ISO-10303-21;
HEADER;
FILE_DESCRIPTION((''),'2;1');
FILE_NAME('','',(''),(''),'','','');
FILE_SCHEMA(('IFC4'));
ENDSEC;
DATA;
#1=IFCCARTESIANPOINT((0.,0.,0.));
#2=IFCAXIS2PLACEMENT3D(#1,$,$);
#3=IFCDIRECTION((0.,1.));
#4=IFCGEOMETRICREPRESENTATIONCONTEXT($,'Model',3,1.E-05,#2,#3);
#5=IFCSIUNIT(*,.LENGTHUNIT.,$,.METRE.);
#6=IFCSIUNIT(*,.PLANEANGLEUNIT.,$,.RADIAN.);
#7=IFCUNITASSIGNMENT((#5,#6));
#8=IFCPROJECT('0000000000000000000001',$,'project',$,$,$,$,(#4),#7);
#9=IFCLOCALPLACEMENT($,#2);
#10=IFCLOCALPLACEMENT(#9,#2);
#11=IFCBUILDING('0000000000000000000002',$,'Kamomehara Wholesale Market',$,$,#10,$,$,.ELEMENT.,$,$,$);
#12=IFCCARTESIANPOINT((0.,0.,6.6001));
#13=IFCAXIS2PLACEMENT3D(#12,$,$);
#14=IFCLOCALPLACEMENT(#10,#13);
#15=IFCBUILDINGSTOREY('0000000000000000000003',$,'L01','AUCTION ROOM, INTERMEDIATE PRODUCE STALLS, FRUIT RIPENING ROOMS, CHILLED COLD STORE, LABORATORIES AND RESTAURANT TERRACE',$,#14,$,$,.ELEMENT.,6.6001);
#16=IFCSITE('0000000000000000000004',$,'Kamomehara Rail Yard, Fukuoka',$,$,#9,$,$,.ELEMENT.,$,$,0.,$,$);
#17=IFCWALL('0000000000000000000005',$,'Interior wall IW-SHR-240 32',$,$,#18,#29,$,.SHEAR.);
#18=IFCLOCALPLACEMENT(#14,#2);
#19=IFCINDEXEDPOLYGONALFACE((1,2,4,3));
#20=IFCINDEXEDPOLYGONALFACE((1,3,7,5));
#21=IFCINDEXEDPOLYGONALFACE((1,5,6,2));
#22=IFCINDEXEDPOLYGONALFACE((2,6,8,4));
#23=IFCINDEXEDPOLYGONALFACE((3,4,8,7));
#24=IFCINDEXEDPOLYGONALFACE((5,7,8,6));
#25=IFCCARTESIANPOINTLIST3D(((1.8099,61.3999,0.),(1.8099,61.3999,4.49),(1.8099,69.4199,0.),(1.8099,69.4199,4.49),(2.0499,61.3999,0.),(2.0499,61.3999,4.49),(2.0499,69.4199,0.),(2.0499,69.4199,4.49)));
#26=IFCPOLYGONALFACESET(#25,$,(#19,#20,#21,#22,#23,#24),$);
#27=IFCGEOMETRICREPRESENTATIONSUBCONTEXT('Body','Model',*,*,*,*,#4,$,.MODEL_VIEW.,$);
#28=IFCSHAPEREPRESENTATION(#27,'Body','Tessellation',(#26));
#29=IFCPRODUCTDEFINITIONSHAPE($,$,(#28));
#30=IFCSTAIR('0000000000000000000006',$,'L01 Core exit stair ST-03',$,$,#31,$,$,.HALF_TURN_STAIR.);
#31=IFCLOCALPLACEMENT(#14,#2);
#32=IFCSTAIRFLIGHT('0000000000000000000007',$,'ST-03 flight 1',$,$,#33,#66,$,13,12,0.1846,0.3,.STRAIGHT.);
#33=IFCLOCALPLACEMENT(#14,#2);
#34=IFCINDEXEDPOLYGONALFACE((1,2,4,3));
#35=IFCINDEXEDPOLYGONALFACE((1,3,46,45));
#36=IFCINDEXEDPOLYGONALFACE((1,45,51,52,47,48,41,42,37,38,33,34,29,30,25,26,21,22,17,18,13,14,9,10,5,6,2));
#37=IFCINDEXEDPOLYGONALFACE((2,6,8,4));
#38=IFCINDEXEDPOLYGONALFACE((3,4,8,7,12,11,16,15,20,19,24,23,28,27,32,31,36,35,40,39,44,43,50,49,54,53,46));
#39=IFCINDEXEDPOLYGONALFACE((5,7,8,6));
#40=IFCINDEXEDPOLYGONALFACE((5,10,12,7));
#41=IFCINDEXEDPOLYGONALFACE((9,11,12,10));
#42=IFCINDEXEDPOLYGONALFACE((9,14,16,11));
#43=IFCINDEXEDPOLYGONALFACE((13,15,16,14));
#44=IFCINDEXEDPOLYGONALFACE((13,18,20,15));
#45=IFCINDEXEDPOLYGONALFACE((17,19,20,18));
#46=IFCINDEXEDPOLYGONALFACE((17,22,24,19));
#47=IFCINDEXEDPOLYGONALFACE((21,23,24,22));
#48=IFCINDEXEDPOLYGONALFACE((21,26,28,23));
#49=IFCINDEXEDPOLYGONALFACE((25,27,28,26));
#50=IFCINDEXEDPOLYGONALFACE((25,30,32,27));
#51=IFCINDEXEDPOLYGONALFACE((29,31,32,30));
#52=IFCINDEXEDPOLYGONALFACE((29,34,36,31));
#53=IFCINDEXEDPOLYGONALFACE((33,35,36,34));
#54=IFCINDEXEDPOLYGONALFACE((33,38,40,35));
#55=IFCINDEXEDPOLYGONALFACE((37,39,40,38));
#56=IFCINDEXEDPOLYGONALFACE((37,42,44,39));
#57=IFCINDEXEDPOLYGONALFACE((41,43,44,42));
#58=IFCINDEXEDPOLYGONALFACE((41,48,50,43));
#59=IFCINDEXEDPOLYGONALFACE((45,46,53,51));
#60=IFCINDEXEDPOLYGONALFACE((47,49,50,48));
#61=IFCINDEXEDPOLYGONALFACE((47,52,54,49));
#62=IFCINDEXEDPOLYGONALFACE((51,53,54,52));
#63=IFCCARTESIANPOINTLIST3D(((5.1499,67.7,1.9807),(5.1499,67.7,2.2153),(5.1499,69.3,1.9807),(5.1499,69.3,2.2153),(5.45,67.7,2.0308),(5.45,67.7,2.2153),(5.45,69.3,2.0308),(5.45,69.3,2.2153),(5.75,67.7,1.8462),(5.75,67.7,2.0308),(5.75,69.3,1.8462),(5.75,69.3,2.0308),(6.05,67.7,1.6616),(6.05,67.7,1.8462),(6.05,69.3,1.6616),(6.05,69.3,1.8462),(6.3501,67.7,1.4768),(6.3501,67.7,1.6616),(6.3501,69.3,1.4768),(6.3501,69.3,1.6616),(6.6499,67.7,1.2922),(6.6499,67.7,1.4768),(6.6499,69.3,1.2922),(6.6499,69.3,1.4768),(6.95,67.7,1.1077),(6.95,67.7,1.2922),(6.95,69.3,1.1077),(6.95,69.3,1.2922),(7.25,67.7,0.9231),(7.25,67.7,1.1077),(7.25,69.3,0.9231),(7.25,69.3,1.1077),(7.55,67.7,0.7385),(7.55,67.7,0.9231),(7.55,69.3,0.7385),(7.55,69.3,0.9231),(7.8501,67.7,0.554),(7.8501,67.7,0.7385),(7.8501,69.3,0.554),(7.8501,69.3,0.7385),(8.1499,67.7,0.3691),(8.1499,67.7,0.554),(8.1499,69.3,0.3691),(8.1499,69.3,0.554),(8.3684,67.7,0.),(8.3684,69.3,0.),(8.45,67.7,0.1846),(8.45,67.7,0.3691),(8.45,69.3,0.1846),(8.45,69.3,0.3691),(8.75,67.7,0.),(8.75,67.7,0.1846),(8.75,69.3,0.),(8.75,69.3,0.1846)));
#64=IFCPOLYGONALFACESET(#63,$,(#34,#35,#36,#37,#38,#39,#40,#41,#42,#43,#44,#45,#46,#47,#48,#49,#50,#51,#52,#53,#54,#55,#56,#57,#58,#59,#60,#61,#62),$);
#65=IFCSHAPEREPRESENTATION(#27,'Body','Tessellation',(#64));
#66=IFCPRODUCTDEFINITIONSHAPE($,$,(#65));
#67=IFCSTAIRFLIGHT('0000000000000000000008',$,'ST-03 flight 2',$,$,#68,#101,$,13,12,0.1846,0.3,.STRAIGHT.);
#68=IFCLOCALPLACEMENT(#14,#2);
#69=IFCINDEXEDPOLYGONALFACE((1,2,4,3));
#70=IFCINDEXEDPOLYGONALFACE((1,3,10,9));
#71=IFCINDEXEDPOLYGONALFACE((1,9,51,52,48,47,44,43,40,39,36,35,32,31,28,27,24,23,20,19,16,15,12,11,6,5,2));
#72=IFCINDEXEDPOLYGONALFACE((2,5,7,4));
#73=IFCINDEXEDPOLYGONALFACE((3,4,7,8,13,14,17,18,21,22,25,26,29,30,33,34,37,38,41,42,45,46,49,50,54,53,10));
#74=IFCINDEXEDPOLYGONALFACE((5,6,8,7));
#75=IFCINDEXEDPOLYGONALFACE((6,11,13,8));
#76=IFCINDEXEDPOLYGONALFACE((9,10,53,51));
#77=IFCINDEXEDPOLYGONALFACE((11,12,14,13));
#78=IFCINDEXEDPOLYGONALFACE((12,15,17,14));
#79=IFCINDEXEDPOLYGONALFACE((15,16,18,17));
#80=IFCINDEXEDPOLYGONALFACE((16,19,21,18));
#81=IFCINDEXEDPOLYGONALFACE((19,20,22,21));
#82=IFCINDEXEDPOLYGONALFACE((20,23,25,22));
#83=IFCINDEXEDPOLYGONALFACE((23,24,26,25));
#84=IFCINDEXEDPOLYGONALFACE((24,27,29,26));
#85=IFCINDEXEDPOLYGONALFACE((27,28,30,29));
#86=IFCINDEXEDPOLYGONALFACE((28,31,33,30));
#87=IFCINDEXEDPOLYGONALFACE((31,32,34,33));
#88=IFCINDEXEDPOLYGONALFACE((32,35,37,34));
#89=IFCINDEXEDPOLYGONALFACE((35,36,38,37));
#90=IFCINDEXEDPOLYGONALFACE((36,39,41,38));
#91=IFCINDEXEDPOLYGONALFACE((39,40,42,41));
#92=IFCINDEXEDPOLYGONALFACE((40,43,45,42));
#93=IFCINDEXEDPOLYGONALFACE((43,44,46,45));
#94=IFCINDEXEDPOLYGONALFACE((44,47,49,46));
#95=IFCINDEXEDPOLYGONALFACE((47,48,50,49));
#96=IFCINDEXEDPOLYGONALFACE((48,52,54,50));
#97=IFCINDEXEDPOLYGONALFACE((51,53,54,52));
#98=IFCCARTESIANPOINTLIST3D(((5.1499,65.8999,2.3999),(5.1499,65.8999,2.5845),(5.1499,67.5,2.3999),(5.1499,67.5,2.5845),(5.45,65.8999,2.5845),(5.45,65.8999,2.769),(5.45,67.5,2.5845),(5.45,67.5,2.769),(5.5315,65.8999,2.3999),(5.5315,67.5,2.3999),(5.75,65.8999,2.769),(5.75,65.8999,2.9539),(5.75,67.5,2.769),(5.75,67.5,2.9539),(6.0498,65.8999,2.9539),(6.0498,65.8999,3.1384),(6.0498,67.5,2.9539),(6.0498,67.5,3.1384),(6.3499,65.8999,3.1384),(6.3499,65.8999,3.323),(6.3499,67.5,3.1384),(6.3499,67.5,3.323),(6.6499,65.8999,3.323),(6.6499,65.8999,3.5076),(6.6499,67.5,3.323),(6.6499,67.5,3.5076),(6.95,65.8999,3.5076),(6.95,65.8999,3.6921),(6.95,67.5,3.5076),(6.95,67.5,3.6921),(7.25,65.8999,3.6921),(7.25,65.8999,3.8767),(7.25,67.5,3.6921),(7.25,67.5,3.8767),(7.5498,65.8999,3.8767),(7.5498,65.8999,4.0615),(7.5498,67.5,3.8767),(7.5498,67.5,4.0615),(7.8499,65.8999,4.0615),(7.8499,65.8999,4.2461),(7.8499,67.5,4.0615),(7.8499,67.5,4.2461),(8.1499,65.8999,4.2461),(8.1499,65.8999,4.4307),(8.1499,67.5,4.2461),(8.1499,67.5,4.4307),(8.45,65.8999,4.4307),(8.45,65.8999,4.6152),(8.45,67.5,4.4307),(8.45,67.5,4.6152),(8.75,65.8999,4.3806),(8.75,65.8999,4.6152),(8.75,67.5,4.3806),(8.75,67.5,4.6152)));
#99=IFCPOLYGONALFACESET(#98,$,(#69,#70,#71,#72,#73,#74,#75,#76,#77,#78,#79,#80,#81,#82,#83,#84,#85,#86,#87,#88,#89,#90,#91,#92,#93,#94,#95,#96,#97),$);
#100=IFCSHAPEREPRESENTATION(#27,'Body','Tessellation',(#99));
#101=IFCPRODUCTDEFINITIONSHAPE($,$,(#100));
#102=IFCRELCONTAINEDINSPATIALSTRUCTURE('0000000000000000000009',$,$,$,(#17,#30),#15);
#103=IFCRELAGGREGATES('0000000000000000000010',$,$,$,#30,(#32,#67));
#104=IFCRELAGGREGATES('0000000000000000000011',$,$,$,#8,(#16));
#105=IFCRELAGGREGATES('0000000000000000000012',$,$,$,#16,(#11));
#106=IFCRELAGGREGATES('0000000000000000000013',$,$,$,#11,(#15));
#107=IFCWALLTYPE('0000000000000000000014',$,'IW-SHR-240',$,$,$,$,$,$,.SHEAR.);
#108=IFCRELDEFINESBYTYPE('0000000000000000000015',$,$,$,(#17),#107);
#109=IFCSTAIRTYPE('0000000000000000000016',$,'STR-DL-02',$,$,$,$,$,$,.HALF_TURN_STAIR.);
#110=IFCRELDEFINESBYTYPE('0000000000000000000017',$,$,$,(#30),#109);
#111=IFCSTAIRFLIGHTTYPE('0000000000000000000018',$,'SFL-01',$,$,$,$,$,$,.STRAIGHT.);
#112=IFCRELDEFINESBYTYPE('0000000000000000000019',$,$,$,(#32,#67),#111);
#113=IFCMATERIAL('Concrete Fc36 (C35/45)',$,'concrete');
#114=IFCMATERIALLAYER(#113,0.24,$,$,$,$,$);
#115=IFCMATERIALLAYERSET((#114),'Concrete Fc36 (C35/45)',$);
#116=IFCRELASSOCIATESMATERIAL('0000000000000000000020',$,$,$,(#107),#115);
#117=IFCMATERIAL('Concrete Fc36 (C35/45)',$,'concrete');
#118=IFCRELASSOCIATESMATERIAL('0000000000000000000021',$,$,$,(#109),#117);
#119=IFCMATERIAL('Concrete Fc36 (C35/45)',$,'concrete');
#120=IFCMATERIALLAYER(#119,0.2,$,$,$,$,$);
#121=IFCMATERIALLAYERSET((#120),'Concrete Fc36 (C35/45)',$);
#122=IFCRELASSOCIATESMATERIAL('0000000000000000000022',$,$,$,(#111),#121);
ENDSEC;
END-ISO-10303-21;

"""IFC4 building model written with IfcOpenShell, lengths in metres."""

from ifc_helpers import new_model, si_unit, direction, frame, frame_2d, origin, place, context, subcontext, project, spatial, polyline, rectangle, outline, extrude, material, layer, layer_set, type_object, element, aggregate, save


model = new_model("IFC4")

# Units and contexts
model_context = context("Model", 3, precision=1e-05, world=origin(), true_north=direction((0.0, 1.0)))
body_context = subcontext(model_context, "Body", "Model", "MODEL_VIEW")
ifc_project = project(units=[si_unit("LENGTHUNIT", "METRE"), si_unit("PLANEANGLEUNIT", "RADIAN")], contexts=[model_context])

# Site, building, storey
site_placement = place(None, origin())
site = spatial("IfcSite", under=ifc_project, at=site_placement, Name="Kamomehara Rail Yard, Fukuoka", CompositionType="ELEMENT", RefElevation=0.0)
building_placement = place(site_placement, origin())
building = spatial("IfcBuilding", under=site, at=building_placement, Name="Kamomehara Wholesale Market", CompositionType="ELEMENT")
storey_placement = place(building_placement, frame((0.0, 0.0, 6.6001)))
storey = spatial("IfcBuildingStorey", under=building, at=storey_placement, Name="L01", Description="AUCTION ROOM, INTERMEDIATE PRODUCE STALLS, FRUIT RIPENING ROOMS, CHILLED COLD STORE, LABORATORIES AND RESTAURANT TERRACE", CompositionType="ELEMENT", Elevation=6.6001)

# Wall
ifc_material_1 = material(Name="Concrete Fc36 (C35/45)", Category="concrete")
ifc_layer_1 = layer(ifc_material_1, 0.24)
ifc_layer_set_1 = layer_set([ifc_layer_1], Name="Concrete Fc36 (C35/45)")
wall_type_1 = type_object("IfcWallType", Name="IW-SHR-240", PredefinedType="SHEAR", material=ifc_layer_set_1)
wall_1_placement = place(storey_placement, frame((1.9299, 69.4199, 0.0), z_axis=(0.0, 0.0, 1.0), x_axis=(0.0, -1.0, 0.0)))
element("IfcWall", 1, at=wall_1_placement, inside=storey, type_object=wall_type_1, Name="Interior wall IW-SHR-240 32", PredefinedType="SHEAR", context=body_context, shape_type="SweptSolid", body=[
    extrude(rectangle(XDim=8.02, YDim=0.24, at=frame_2d((4.01, 0.0))), origin(), (0.0, 0.0, 1.0), 4.49),
])

# Stair, stair flights
ifc_material_2 = material(Name="Concrete Fc36 (C35/45)", Category="concrete")
stair_type = type_object("IfcStairType", Name="STR-DL-02", PredefinedType="HALF_TURN_STAIR", material=ifc_material_2)
stair_placement = place(storey_placement, origin())
stair = element("IfcStair", 2, at=stair_placement, inside=storey, type_object=stair_type, Name="L01 Core exit stair ST-03", PredefinedType="HALF_TURN_STAIR")
ifc_material_3 = material(Name="Concrete Fc36 (C35/45)", Category="concrete")
ifc_layer_2 = layer(ifc_material_3, 0.2)
ifc_layer_set_2 = layer_set([ifc_layer_2], Name="Concrete Fc36 (C35/45)")
stair_flight_type = type_object("IfcStairFlightType", Name="SFL-01", PredefinedType="STRAIGHT", material=ifc_layer_set_2)
stair_flight_1_placement = place(storey_placement, frame((8.75, 68.5, 0.0), z_axis=(0.0, 0.0, 1.0), x_axis=(-1.0, 0.0, 0.0)))
stair_flight_1 = element("IfcStairFlight", 3, at=stair_flight_1_placement, type_object=stair_flight_type, Name="ST-03 flight 1", NumberOfRisers=13, NumberOfTreads=12, PredefinedType="STRAIGHT", RiserHeight=0.1846, TreadLength=0.3, context=body_context, shape_type="SweptSolid", body=[
    extrude(outline(polyline([(0.0, 0.0), (0.0, 0.1846), (0.3, 0.1846), (0.3, 0.3691), (0.6001, 0.3691), (0.6001, 0.554), (0.8999, 0.554), (0.8999, 0.7385), (1.2, 0.7385), (1.2, 0.9231), (1.5, 0.9231), (1.5, 1.1077), (1.8, 1.1077), (1.8, 1.2922), (2.1001, 1.2922), (2.1001, 1.4768), (2.3999, 1.4768), (2.3999, 1.6616), (2.7, 1.6616), (2.7, 1.8462), (3.0, 1.8462), (3.0, 2.0308), (3.3, 2.0308), (3.3, 2.2153), (3.6001, 2.2153), (3.6001, 2.3999), (3.6001, 1.9807), (0.3816, 0.0), (0.0, 0.0)])), frame((0.0, 0.8, 0.0), z_axis=(0.0, -1.0, 0.0), x_axis=(1.0, 0.0, 0.0)), (0.0, 0.0, 1.0), 1.6001),
])
stair_flight_2_placement = place(storey_placement, frame((5.1499, 66.7, 2.3999), z_axis=(0.0, 0.0, 1.0), x_axis=(1.0, 0.0, 0.0)))
stair_flight_2 = element("IfcStairFlight", 4, at=stair_flight_2_placement, type_object=stair_flight_type, Name="ST-03 flight 2", NumberOfRisers=13, NumberOfTreads=12, PredefinedType="STRAIGHT", RiserHeight=0.1846, TreadLength=0.3, context=body_context, shape_type="SweptSolid", body=[
    extrude(outline(polyline([(0.0, 0.0), (0.0, 0.1846), (0.3, 0.1846), (0.3, 0.3691), (0.6001, 0.3691), (0.6001, 0.554), (0.8999, 0.554), (0.8999, 0.7385), (1.2, 0.7385), (1.2, 0.9231), (1.5, 0.9231), (1.5, 1.1077), (1.8, 1.1077), (1.8, 1.2922), (2.1001, 1.2922), (2.1001, 1.4768), (2.3999, 1.4768), (2.3999, 1.6616), (2.7, 1.6616), (2.7, 1.8462), (3.0, 1.8462), (3.0, 2.0308), (3.3, 2.0308), (3.3, 2.2153), (3.6001, 2.2153), (3.6001, 2.3999), (3.6001, 1.9807), (0.3816, 0.0), (0.0, 0.0)])), frame((0.0, 0.8, 0.0), z_axis=(0.0, -1.0, 0.0), x_axis=(1.0, 0.0, 0.0)), (0.0, 0.0, 1.0), 1.6001),
])
aggregate(stair, [stair_flight_1, stair_flight_2])

save(model, "model.ifc")
